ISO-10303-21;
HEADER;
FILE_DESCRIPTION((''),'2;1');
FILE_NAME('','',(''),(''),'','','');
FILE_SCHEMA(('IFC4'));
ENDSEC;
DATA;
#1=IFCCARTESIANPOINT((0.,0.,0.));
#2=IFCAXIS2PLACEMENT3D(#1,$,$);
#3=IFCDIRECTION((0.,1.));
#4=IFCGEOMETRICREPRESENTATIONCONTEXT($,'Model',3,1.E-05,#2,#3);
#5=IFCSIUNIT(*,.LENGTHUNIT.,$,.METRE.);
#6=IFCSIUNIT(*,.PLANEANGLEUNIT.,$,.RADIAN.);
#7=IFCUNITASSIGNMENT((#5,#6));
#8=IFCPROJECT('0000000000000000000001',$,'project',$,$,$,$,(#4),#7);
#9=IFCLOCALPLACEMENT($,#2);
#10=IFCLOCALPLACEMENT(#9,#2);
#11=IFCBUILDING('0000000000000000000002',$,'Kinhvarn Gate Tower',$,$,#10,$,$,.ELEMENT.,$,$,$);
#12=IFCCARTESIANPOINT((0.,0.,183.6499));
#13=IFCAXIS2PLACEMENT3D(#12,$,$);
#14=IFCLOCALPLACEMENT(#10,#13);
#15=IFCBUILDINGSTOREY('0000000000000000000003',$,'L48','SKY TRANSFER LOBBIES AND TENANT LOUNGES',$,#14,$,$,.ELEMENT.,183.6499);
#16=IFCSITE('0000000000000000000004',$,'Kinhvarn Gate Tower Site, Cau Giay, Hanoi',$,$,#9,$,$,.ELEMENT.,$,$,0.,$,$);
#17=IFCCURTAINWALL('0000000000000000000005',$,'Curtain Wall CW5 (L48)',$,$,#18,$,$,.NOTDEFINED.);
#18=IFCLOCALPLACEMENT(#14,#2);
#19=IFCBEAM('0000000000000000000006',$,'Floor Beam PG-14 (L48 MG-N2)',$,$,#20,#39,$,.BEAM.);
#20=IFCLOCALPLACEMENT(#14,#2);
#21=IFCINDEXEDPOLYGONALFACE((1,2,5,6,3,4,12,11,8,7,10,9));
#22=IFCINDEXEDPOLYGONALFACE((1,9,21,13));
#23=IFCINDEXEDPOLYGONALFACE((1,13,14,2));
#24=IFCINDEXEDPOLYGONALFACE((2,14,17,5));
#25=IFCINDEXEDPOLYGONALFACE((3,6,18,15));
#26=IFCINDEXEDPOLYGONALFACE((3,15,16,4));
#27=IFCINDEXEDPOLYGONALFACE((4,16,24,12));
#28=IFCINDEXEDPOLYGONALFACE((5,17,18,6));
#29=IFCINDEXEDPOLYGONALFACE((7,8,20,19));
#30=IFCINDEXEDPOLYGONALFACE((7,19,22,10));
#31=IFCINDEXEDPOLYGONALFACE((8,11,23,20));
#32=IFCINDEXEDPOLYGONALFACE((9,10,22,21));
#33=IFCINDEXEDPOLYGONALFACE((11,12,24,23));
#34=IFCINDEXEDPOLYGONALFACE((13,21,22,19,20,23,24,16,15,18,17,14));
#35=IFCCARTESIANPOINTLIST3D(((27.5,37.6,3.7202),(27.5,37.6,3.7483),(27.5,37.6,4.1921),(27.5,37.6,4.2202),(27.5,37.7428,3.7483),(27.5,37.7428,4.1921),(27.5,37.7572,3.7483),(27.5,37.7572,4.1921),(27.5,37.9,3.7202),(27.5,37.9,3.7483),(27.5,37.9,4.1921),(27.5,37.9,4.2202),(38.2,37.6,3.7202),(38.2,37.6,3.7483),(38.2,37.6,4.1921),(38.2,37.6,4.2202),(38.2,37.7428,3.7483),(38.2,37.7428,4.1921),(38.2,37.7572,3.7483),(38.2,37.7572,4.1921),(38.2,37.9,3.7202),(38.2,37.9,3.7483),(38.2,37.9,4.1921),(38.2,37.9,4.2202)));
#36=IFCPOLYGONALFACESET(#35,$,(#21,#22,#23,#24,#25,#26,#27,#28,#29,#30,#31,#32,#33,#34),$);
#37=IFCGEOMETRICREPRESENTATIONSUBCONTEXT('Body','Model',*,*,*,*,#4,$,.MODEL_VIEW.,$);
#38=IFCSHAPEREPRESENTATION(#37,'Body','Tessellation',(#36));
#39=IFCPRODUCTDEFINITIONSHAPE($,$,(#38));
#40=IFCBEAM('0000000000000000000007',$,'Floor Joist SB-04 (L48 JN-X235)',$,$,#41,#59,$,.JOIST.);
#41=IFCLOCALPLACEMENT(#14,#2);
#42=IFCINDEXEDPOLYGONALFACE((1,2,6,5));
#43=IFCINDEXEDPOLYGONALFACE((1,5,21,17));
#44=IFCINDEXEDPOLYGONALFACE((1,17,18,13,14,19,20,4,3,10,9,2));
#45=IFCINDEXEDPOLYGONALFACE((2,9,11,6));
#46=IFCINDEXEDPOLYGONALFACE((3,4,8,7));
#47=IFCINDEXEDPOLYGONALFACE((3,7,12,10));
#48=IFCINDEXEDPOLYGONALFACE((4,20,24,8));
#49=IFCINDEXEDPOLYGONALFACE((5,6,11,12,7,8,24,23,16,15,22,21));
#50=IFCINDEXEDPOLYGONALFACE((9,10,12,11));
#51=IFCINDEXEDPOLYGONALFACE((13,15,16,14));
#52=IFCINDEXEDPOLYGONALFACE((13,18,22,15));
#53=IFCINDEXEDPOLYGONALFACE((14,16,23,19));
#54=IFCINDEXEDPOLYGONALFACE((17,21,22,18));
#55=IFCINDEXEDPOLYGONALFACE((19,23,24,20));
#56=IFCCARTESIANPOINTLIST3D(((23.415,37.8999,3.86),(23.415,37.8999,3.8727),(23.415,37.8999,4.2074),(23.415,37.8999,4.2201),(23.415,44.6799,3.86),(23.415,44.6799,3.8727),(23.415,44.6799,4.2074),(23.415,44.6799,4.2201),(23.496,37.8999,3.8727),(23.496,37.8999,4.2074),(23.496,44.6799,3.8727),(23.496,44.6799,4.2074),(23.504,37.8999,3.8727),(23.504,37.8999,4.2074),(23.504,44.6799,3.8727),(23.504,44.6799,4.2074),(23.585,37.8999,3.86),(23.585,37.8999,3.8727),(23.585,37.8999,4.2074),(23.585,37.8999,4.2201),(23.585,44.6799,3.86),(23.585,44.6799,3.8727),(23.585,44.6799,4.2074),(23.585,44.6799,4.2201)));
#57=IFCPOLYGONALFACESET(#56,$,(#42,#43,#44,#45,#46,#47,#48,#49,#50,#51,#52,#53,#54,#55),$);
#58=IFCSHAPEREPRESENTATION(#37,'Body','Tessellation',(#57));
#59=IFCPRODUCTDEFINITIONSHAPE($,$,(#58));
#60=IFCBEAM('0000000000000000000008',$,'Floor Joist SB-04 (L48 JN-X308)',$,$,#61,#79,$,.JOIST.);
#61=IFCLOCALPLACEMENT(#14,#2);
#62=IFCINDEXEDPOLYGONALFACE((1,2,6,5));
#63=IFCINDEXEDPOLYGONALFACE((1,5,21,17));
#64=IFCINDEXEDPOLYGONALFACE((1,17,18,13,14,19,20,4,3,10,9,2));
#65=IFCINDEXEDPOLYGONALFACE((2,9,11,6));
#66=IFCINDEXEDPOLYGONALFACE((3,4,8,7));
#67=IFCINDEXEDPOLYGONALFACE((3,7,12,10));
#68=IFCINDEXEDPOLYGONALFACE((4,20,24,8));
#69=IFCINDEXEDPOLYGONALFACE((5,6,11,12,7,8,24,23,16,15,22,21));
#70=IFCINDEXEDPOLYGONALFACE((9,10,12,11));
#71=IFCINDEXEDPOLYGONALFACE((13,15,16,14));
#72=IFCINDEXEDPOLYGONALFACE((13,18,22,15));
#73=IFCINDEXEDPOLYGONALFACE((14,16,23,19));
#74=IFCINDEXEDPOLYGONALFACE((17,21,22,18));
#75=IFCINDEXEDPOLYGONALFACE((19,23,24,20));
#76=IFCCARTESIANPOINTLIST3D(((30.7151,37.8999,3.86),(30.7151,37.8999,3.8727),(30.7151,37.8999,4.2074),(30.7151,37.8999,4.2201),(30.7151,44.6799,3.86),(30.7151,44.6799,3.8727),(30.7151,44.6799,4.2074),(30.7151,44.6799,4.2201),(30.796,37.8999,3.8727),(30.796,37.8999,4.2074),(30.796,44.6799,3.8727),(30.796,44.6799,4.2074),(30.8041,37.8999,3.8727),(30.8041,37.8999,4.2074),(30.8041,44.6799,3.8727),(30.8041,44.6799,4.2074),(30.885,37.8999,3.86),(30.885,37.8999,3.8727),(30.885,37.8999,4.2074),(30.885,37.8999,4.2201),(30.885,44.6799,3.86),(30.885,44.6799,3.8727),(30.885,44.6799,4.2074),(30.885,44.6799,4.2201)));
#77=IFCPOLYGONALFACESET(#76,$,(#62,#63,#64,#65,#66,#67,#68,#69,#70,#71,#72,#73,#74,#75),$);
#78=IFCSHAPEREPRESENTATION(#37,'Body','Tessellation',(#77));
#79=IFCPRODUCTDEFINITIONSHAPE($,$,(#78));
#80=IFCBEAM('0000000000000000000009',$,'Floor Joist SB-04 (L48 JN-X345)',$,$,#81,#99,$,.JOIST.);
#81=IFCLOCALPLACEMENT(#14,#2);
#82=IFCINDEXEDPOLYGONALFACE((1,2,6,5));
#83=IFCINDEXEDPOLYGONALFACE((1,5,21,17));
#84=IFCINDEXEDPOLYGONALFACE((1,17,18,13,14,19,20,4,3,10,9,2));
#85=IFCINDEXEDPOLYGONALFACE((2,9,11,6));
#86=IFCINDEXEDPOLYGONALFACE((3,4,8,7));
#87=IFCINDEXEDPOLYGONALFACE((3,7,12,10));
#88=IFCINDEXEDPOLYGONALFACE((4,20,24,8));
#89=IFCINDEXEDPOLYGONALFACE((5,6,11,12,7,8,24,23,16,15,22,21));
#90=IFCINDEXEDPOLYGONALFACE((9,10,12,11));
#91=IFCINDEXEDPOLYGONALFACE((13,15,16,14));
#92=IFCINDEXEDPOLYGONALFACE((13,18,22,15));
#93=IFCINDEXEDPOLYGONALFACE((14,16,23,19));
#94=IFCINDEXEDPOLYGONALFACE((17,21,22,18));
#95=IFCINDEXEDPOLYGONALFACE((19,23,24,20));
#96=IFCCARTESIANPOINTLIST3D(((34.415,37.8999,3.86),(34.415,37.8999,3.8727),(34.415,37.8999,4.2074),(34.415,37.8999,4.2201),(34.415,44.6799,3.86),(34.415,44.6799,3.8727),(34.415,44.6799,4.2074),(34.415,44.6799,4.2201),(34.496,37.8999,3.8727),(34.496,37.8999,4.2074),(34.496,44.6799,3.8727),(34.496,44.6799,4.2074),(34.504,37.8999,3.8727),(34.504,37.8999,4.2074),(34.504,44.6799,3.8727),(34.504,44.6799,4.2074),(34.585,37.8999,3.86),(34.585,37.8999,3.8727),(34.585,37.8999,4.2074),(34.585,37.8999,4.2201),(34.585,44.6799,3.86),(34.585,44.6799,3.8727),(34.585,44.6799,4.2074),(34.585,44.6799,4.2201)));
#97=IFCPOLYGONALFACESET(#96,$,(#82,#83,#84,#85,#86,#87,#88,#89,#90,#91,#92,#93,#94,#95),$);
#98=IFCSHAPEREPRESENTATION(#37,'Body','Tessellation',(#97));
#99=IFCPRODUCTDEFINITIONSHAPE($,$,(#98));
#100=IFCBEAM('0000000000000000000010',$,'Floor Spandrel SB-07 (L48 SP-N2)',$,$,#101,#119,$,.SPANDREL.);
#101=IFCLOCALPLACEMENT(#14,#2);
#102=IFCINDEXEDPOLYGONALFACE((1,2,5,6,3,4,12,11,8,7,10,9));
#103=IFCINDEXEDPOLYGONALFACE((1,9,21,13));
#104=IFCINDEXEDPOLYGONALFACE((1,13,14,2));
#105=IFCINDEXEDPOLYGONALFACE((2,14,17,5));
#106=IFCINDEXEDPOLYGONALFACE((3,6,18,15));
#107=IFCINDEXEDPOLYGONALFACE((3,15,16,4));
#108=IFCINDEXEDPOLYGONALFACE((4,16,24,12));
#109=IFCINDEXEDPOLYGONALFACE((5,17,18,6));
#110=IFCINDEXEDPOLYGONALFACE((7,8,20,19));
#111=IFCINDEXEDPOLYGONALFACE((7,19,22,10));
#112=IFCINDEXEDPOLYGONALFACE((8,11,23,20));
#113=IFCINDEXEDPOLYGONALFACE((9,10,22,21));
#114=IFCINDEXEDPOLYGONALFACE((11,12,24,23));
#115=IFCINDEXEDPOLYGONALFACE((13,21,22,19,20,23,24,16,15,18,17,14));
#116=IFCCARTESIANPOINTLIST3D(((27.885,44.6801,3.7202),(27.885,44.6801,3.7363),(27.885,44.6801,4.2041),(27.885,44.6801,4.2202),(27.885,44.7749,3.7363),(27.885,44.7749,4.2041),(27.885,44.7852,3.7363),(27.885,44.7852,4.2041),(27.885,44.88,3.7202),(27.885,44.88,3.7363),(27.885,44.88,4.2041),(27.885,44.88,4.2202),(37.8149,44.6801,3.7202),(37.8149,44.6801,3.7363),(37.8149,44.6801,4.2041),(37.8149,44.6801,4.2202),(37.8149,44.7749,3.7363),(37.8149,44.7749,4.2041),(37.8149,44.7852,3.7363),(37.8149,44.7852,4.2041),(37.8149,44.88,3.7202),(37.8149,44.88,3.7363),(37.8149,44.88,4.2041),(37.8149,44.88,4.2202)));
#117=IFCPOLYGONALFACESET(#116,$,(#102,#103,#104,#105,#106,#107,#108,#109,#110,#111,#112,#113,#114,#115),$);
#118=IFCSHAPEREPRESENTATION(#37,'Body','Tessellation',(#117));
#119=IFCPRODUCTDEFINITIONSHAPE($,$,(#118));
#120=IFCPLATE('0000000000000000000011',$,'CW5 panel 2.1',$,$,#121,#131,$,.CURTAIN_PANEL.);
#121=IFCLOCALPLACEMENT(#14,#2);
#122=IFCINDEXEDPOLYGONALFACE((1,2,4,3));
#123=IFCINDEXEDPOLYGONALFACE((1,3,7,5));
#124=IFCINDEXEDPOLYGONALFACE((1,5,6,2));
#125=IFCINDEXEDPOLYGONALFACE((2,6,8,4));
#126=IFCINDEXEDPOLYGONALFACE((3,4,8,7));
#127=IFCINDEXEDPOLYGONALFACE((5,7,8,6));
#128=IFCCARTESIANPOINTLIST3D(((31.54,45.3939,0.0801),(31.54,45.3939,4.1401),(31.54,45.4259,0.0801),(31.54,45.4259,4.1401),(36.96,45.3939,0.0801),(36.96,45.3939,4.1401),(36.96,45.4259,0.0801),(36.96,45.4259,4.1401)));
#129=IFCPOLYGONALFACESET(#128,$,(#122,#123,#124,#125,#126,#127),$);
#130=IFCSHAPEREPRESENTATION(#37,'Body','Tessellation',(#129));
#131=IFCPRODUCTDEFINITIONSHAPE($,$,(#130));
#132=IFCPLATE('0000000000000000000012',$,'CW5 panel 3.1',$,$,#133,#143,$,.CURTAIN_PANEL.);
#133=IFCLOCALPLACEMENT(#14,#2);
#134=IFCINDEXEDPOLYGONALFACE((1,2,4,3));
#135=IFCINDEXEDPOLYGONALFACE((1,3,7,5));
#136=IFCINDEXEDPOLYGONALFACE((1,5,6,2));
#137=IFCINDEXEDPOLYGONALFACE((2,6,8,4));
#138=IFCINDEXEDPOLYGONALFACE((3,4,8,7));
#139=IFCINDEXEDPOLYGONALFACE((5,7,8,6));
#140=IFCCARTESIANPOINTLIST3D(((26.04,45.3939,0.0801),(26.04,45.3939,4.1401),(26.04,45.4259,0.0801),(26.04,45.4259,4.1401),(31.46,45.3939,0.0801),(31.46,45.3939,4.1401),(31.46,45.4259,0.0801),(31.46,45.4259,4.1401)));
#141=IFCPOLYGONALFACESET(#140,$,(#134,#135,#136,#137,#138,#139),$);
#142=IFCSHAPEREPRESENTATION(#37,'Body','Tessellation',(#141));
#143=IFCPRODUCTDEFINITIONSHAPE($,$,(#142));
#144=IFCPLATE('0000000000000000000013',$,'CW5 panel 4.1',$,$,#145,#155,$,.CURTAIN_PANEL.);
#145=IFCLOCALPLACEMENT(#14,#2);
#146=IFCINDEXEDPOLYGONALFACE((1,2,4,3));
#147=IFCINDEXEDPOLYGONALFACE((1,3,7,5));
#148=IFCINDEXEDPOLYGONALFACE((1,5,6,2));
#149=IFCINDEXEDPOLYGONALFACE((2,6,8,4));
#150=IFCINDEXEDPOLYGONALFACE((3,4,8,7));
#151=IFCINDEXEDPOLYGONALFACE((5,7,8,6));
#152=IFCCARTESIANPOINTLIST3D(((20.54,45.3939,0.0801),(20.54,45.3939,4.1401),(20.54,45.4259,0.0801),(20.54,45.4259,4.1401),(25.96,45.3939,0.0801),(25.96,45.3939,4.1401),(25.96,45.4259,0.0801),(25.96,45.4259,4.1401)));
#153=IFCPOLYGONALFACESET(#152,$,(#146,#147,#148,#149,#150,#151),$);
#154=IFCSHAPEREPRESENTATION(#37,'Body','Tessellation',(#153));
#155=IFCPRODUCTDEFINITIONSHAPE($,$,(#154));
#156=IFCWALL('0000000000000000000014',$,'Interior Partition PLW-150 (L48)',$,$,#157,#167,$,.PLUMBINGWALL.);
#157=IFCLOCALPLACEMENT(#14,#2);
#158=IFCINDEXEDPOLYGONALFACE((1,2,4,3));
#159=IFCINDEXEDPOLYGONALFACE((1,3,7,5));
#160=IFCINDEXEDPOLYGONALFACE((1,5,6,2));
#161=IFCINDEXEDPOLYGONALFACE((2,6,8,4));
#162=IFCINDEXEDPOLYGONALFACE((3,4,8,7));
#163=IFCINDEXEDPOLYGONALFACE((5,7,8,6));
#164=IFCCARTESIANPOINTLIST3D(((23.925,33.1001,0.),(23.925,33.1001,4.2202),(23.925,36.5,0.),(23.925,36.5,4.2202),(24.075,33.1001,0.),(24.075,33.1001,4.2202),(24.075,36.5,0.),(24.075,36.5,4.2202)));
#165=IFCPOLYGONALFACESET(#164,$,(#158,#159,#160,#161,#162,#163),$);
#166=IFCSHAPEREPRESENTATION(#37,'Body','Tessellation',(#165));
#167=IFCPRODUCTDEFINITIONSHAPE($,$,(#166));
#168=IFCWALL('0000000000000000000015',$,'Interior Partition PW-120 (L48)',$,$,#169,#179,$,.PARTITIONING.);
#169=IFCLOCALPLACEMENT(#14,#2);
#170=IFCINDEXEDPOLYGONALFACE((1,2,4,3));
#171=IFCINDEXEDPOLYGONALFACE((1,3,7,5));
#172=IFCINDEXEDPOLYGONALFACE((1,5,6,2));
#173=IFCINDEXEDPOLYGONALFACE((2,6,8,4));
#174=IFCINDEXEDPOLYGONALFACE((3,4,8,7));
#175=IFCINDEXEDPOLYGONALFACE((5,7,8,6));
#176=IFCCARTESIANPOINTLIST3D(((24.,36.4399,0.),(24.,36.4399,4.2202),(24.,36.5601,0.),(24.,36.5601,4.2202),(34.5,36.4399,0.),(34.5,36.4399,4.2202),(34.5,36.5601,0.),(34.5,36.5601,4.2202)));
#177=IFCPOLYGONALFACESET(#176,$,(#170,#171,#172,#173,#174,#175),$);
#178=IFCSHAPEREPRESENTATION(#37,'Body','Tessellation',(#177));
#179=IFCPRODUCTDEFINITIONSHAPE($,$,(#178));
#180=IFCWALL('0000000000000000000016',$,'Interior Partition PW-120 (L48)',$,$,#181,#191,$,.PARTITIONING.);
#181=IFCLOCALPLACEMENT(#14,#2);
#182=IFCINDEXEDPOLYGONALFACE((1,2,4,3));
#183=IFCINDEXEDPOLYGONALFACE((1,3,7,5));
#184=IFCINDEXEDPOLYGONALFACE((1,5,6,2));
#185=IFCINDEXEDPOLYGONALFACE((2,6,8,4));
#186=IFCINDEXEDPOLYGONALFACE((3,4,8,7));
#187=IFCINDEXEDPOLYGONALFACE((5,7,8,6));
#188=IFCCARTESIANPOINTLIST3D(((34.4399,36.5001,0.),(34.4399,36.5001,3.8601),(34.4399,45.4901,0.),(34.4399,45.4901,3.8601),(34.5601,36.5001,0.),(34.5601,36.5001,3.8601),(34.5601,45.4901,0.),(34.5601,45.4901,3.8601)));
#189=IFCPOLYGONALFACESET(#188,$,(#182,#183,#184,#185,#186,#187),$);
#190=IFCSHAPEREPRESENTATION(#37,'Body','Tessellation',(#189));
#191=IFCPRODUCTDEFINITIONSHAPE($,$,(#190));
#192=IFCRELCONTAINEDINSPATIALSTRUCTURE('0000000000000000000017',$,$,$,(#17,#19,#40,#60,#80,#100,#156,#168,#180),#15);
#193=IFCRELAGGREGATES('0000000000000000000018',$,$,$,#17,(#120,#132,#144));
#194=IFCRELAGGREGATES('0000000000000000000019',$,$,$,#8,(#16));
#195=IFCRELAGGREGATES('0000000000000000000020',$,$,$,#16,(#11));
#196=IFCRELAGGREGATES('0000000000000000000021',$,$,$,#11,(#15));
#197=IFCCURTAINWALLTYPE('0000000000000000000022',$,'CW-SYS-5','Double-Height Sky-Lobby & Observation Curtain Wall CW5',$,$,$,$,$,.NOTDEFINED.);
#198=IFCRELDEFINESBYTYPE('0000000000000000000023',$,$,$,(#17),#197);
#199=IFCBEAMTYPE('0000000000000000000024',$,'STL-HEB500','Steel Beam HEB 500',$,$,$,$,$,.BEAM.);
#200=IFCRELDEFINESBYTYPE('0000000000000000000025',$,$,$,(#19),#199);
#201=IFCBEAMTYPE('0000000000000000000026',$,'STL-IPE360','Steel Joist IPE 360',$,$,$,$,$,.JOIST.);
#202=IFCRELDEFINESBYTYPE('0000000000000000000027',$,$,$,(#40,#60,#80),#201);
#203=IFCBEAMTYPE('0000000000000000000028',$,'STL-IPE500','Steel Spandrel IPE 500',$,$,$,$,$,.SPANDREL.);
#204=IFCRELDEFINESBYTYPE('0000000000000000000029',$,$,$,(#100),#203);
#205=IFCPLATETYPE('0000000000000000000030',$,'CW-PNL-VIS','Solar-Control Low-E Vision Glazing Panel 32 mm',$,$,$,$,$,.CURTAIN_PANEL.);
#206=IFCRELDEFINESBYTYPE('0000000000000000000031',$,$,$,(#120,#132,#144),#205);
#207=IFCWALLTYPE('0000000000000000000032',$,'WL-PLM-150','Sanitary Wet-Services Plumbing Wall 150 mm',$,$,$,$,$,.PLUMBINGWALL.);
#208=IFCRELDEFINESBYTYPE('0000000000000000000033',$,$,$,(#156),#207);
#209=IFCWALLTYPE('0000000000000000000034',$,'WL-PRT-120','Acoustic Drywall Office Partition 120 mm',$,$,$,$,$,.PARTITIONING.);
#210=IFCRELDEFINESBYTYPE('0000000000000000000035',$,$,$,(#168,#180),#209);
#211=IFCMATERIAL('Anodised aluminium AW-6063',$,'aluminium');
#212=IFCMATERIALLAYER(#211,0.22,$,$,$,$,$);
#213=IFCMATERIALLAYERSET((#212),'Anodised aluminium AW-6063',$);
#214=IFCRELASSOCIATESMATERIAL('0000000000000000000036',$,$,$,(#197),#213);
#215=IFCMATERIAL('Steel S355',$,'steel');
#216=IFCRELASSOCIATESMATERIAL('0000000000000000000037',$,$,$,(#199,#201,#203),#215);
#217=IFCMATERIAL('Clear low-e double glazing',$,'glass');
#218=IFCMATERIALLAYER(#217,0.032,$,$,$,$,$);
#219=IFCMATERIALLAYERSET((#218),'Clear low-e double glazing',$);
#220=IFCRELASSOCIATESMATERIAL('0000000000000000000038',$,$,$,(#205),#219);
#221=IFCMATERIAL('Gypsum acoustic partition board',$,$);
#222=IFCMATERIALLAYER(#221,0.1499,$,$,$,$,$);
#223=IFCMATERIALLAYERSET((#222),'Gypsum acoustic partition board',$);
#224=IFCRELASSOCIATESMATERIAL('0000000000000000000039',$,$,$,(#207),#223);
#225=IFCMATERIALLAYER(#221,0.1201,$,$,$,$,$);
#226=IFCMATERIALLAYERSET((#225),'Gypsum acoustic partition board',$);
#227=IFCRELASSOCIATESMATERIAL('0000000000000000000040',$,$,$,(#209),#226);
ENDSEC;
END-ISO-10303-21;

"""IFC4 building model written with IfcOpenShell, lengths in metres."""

from ifc_helpers import new_model, si_unit, direction, frame, frame_2d, origin, origin_2d, place, context, subcontext, project, spatial, rectangle, i_section, extrude, material, layer, layer_set, material_profile, profile_set, type_object, element, aggregate, save


model = new_model("IFC4")

# Units and contexts
model_context = context("Model", 3, precision=1e-05, world=origin(), true_north=direction((0.0, 1.0)))
body_context = subcontext(model_context, "Body", "Model", "MODEL_VIEW")
ifc_project = project(units=[si_unit("LENGTHUNIT", "METRE"), si_unit("PLANEANGLEUNIT", "RADIAN")], contexts=[model_context])

# Site, building, storey
site_placement = place(None, origin())
site = spatial("IfcSite", under=ifc_project, at=site_placement, Name="Kinhvarn Gate Tower Site, Cau Giay, Hanoi", CompositionType="ELEMENT", RefElevation=0.0)
building_placement = place(site_placement, origin())
building = spatial("IfcBuilding", under=site, at=building_placement, Name="Kinhvarn Gate Tower", CompositionType="ELEMENT")
storey_placement = place(building_placement, frame((0.0, 0.0, 183.6499)))
storey = spatial("IfcBuildingStorey", under=building, at=storey_placement, Name="L48", Description="SKY TRANSFER LOBBIES AND TENANT LOUNGES", CompositionType="ELEMENT", Elevation=183.6499)

# Curtain wall
ifc_material_1 = material(Name="Anodised aluminium AW-6063", Category="aluminium")
ifc_layer_1 = layer(ifc_material_1, 0.22)
ifc_layer_set_1 = layer_set([ifc_layer_1], Name="Anodised aluminium AW-6063")
curtain_wall_type = type_object("IfcCurtainWallType", Name="CW-SYS-5", Description="Double-Height Sky-Lobby & Observation Curtain Wall CW5", PredefinedType="NOTDEFINED", material=ifc_layer_set_1)
curtain_wall_placement = place(storey_placement, origin())
curtain_wall = element("IfcCurtainWall", 1, at=curtain_wall_placement, inside=storey, type_object=curtain_wall_type, Name="Curtain Wall CW5 (L48)", PredefinedType="NOTDEFINED")

# Beams
ifc_material_2 = material(Name="Steel S355", Category="steel")
ifc_material_profile_1 = material_profile(ifc_material_2, i_section(OverallWidth=0.3, OverallDepth=0.5, WebThickness=0.0144, FlangeThickness=0.0281, at=origin_2d()), Name="HEB 500")
ifc_profile_set_1 = profile_set([ifc_material_profile_1], Name="Steel S355")
beam_type_1 = type_object("IfcBeamType", Name="STL-HEB500", Description="Steel Beam HEB 500", PredefinedType="BEAM", material=ifc_profile_set_1)
beam_1_placement = place(storey_placement, frame((27.5, 37.75, 3.9702), z_axis=(1.0, 0.0, 0.0), x_axis=(0.0, 1.0, 0.0)))
element("IfcBeam", 2, at=beam_1_placement, inside=storey, type_object=beam_type_1, Name="Floor Beam PG-14 (L48 MG-N2)", PredefinedType="BEAM", context=body_context, shape_type="SweptSolid", body=[
    extrude(i_section(OverallWidth=0.3, OverallDepth=0.5, WebThickness=0.0144, FlangeThickness=0.0281, at=origin_2d()), origin(), (0.0, 0.0, 1.0), 10.7),
])
ifc_material_profile_2 = material_profile(ifc_material_2, i_section(OverallWidth=0.1699, OverallDepth=0.3601, WebThickness=0.0081, FlangeThickness=0.0127, at=origin_2d()), Name="IPE 360")
ifc_profile_set_2 = profile_set([ifc_material_profile_2], Name="Steel S355")
beam_type_2 = type_object("IfcBeamType", Name="STL-IPE360", Description="Steel Joist IPE 360", PredefinedType="JOIST", material=ifc_profile_set_2)
for number, where, z_axis, x_axis, name in (
    (3, (23.5, 37.8999, 4.04), (0.0, 1.0, 0.0), (-1.0, 0.0, 0.0), "Floor Joist SB-04 (L48 JN-X235)"),
    (4, (30.8, 37.8999, 4.04), (0.0, 1.0, 0.0), (-1.0, 0.0, 0.0), "Floor Joist SB-04 (L48 JN-X308)"),
    (5, (34.5, 37.8999, 4.04), (0.0, 1.0, 0.0), (-1.0, 0.0, 0.0), "Floor Joist SB-04 (L48 JN-X345)"),
):
    element("IfcBeam", number, at=place(storey_placement, frame(where, z_axis=z_axis, x_axis=x_axis)), inside=storey, type_object=beam_type_2, Name=name, PredefinedType="JOIST", context=body_context, shape_type="SweptSolid", body=[
        extrude(i_section(OverallWidth=0.1699, OverallDepth=0.3601, WebThickness=0.0081, FlangeThickness=0.0127, at=origin_2d()), origin(), (0.0, 0.0, 1.0), 6.78),
    ])
ifc_material_profile_3 = material_profile(ifc_material_2, i_section(OverallWidth=0.2, OverallDepth=0.5, WebThickness=0.0103, FlangeThickness=0.0161, at=origin_2d()), Name="IPE 500")
ifc_profile_set_3 = profile_set([ifc_material_profile_3], Name="Steel S355")
beam_type_3 = type_object("IfcBeamType", Name="STL-IPE500", Description="Steel Spandrel IPE 500", PredefinedType="SPANDREL", material=ifc_profile_set_3)
beam_2_placement = place(storey_placement, frame((27.885, 44.78, 3.9702), z_axis=(1.0, 0.0, 0.0), x_axis=(0.0, 1.0, 0.0)))
element("IfcBeam", 6, at=beam_2_placement, inside=storey, type_object=beam_type_3, Name="Floor Spandrel SB-07 (L48 SP-N2)", PredefinedType="SPANDREL", context=body_context, shape_type="SweptSolid", body=[
    extrude(i_section(OverallWidth=0.2, OverallDepth=0.5, WebThickness=0.0103, FlangeThickness=0.0161, at=origin_2d()), origin(), (0.0, 0.0, 1.0), 9.9299),
])

# Plates
ifc_material_3 = material(Name="Clear low-e double glazing", Category="glass")
ifc_layer_2 = layer(ifc_material_3, 0.032)
ifc_layer_set_2 = layer_set([ifc_layer_2], Name="Clear low-e double glazing")
plate_type = type_object("IfcPlateType", Name="CW-PNL-VIS", Description="Solar-Control Low-E Vision Glazing Panel 32 mm", PredefinedType="CURTAIN_PANEL", material=ifc_layer_set_2)
plate_1_placement = place(storey_placement, frame((34.25, 45.4099, 0.0801), z_axis=(0.0, 0.0, 1.0), x_axis=(-1.0, 0.0, 0.0)))
plate_1 = element("IfcPlate", 7, at=plate_1_placement, type_object=plate_type, Name="CW5 panel 2.1", PredefinedType="CURTAIN_PANEL", context=body_context, shape_type="SweptSolid", body=[
    extrude(rectangle(XDim=5.4199, YDim=0.032, at=origin_2d()), origin(), (0.0, 0.0, 1.0), 4.0601),
])
plate_2_placement = place(storey_placement, frame((28.75, 45.4099, 0.0801), z_axis=(0.0, 0.0, 1.0), x_axis=(-1.0, 0.0, 0.0)))
plate_2 = element("IfcPlate", 8, at=plate_2_placement, type_object=plate_type, Name="CW5 panel 3.1", PredefinedType="CURTAIN_PANEL", context=body_context, shape_type="SweptSolid", body=[
    extrude(rectangle(XDim=5.4199, YDim=0.032, at=origin_2d()), origin(), (0.0, 0.0, 1.0), 4.0601),
])
plate_3_placement = place(storey_placement, frame((23.25, 45.4099, 0.0801), z_axis=(0.0, 0.0, 1.0), x_axis=(-1.0, 0.0, 0.0)))
plate_3 = element("IfcPlate", 9, at=plate_3_placement, type_object=plate_type, Name="CW5 panel 4.1", PredefinedType="CURTAIN_PANEL", context=body_context, shape_type="SweptSolid", body=[
    extrude(rectangle(XDim=5.4199, YDim=0.032, at=origin_2d()), origin(), (0.0, 0.0, 1.0), 4.0601),
])
aggregate(curtain_wall, [plate_1, plate_2, plate_3])

# Walls
ifc_material_4 = material(Name="Gypsum acoustic partition board")
ifc_layer_3 = layer(ifc_material_4, 0.1499)
ifc_layer_set_3 = layer_set([ifc_layer_3], Name="Gypsum acoustic partition board")
wall_type_1 = type_object("IfcWallType", Name="WL-PLM-150", Description="Sanitary Wet-Services Plumbing Wall 150 mm", PredefinedType="PLUMBINGWALL", material=ifc_layer_set_3)
wall_1_placement = place(storey_placement, frame((24.0, 33.1001, 0.0), z_axis=(0.0, 0.0, 1.0), x_axis=(0.0, 1.0, 0.0)))
element("IfcWall", 10, at=wall_1_placement, inside=storey, type_object=wall_type_1, Name="Interior Partition PLW-150 (L48)", PredefinedType="PLUMBINGWALL", context=body_context, shape_type="SweptSolid", body=[
    extrude(rectangle(XDim=3.3999, YDim=0.1499, at=frame_2d((1.7, 0.0))), origin(), (0.0, 0.0, 1.0), 4.2202),
])
ifc_layer_4 = layer(ifc_material_4, 0.1201)
ifc_layer_set_4 = layer_set([ifc_layer_4], Name="Gypsum acoustic partition board")
wall_type_2 = type_object("IfcWallType", Name="WL-PRT-120", Description="Acoustic Drywall Office Partition 120 mm", PredefinedType="PARTITIONING", material=ifc_layer_set_4)
wall_2_placement = place(storey_placement, frame((24.0, 36.5, 0.0), z_axis=(0.0, 0.0, 1.0), x_axis=(1.0, 0.0, 0.0)))
element("IfcWall", 11, at=wall_2_placement, inside=storey, type_object=wall_type_2, Name="Interior Partition PW-120 (L48)", PredefinedType="PARTITIONING", context=body_context, shape_type="SweptSolid", body=[
    extrude(rectangle(XDim=10.5, YDim=0.1201, at=frame_2d((5.25, 0.0))), origin(), (0.0, 0.0, 1.0), 4.2202),
])
wall_3_placement = place(storey_placement, frame((34.5, 36.5, 0.0), z_axis=(0.0, 0.0, 1.0), x_axis=(0.0, 1.0, 0.0)))
element("IfcWall", 12, at=wall_3_placement, inside=storey, type_object=wall_type_2, Name="Interior Partition PW-120 (L48)", PredefinedType="PARTITIONING", context=body_context, shape_type="SweptSolid", body=[
    extrude(rectangle(XDim=8.99, YDim=0.1201, at=frame_2d((4.4951, 0.0))), origin(), (0.0, 0.0, 1.0), 3.8601),
])

save(model, "model.ifc")
